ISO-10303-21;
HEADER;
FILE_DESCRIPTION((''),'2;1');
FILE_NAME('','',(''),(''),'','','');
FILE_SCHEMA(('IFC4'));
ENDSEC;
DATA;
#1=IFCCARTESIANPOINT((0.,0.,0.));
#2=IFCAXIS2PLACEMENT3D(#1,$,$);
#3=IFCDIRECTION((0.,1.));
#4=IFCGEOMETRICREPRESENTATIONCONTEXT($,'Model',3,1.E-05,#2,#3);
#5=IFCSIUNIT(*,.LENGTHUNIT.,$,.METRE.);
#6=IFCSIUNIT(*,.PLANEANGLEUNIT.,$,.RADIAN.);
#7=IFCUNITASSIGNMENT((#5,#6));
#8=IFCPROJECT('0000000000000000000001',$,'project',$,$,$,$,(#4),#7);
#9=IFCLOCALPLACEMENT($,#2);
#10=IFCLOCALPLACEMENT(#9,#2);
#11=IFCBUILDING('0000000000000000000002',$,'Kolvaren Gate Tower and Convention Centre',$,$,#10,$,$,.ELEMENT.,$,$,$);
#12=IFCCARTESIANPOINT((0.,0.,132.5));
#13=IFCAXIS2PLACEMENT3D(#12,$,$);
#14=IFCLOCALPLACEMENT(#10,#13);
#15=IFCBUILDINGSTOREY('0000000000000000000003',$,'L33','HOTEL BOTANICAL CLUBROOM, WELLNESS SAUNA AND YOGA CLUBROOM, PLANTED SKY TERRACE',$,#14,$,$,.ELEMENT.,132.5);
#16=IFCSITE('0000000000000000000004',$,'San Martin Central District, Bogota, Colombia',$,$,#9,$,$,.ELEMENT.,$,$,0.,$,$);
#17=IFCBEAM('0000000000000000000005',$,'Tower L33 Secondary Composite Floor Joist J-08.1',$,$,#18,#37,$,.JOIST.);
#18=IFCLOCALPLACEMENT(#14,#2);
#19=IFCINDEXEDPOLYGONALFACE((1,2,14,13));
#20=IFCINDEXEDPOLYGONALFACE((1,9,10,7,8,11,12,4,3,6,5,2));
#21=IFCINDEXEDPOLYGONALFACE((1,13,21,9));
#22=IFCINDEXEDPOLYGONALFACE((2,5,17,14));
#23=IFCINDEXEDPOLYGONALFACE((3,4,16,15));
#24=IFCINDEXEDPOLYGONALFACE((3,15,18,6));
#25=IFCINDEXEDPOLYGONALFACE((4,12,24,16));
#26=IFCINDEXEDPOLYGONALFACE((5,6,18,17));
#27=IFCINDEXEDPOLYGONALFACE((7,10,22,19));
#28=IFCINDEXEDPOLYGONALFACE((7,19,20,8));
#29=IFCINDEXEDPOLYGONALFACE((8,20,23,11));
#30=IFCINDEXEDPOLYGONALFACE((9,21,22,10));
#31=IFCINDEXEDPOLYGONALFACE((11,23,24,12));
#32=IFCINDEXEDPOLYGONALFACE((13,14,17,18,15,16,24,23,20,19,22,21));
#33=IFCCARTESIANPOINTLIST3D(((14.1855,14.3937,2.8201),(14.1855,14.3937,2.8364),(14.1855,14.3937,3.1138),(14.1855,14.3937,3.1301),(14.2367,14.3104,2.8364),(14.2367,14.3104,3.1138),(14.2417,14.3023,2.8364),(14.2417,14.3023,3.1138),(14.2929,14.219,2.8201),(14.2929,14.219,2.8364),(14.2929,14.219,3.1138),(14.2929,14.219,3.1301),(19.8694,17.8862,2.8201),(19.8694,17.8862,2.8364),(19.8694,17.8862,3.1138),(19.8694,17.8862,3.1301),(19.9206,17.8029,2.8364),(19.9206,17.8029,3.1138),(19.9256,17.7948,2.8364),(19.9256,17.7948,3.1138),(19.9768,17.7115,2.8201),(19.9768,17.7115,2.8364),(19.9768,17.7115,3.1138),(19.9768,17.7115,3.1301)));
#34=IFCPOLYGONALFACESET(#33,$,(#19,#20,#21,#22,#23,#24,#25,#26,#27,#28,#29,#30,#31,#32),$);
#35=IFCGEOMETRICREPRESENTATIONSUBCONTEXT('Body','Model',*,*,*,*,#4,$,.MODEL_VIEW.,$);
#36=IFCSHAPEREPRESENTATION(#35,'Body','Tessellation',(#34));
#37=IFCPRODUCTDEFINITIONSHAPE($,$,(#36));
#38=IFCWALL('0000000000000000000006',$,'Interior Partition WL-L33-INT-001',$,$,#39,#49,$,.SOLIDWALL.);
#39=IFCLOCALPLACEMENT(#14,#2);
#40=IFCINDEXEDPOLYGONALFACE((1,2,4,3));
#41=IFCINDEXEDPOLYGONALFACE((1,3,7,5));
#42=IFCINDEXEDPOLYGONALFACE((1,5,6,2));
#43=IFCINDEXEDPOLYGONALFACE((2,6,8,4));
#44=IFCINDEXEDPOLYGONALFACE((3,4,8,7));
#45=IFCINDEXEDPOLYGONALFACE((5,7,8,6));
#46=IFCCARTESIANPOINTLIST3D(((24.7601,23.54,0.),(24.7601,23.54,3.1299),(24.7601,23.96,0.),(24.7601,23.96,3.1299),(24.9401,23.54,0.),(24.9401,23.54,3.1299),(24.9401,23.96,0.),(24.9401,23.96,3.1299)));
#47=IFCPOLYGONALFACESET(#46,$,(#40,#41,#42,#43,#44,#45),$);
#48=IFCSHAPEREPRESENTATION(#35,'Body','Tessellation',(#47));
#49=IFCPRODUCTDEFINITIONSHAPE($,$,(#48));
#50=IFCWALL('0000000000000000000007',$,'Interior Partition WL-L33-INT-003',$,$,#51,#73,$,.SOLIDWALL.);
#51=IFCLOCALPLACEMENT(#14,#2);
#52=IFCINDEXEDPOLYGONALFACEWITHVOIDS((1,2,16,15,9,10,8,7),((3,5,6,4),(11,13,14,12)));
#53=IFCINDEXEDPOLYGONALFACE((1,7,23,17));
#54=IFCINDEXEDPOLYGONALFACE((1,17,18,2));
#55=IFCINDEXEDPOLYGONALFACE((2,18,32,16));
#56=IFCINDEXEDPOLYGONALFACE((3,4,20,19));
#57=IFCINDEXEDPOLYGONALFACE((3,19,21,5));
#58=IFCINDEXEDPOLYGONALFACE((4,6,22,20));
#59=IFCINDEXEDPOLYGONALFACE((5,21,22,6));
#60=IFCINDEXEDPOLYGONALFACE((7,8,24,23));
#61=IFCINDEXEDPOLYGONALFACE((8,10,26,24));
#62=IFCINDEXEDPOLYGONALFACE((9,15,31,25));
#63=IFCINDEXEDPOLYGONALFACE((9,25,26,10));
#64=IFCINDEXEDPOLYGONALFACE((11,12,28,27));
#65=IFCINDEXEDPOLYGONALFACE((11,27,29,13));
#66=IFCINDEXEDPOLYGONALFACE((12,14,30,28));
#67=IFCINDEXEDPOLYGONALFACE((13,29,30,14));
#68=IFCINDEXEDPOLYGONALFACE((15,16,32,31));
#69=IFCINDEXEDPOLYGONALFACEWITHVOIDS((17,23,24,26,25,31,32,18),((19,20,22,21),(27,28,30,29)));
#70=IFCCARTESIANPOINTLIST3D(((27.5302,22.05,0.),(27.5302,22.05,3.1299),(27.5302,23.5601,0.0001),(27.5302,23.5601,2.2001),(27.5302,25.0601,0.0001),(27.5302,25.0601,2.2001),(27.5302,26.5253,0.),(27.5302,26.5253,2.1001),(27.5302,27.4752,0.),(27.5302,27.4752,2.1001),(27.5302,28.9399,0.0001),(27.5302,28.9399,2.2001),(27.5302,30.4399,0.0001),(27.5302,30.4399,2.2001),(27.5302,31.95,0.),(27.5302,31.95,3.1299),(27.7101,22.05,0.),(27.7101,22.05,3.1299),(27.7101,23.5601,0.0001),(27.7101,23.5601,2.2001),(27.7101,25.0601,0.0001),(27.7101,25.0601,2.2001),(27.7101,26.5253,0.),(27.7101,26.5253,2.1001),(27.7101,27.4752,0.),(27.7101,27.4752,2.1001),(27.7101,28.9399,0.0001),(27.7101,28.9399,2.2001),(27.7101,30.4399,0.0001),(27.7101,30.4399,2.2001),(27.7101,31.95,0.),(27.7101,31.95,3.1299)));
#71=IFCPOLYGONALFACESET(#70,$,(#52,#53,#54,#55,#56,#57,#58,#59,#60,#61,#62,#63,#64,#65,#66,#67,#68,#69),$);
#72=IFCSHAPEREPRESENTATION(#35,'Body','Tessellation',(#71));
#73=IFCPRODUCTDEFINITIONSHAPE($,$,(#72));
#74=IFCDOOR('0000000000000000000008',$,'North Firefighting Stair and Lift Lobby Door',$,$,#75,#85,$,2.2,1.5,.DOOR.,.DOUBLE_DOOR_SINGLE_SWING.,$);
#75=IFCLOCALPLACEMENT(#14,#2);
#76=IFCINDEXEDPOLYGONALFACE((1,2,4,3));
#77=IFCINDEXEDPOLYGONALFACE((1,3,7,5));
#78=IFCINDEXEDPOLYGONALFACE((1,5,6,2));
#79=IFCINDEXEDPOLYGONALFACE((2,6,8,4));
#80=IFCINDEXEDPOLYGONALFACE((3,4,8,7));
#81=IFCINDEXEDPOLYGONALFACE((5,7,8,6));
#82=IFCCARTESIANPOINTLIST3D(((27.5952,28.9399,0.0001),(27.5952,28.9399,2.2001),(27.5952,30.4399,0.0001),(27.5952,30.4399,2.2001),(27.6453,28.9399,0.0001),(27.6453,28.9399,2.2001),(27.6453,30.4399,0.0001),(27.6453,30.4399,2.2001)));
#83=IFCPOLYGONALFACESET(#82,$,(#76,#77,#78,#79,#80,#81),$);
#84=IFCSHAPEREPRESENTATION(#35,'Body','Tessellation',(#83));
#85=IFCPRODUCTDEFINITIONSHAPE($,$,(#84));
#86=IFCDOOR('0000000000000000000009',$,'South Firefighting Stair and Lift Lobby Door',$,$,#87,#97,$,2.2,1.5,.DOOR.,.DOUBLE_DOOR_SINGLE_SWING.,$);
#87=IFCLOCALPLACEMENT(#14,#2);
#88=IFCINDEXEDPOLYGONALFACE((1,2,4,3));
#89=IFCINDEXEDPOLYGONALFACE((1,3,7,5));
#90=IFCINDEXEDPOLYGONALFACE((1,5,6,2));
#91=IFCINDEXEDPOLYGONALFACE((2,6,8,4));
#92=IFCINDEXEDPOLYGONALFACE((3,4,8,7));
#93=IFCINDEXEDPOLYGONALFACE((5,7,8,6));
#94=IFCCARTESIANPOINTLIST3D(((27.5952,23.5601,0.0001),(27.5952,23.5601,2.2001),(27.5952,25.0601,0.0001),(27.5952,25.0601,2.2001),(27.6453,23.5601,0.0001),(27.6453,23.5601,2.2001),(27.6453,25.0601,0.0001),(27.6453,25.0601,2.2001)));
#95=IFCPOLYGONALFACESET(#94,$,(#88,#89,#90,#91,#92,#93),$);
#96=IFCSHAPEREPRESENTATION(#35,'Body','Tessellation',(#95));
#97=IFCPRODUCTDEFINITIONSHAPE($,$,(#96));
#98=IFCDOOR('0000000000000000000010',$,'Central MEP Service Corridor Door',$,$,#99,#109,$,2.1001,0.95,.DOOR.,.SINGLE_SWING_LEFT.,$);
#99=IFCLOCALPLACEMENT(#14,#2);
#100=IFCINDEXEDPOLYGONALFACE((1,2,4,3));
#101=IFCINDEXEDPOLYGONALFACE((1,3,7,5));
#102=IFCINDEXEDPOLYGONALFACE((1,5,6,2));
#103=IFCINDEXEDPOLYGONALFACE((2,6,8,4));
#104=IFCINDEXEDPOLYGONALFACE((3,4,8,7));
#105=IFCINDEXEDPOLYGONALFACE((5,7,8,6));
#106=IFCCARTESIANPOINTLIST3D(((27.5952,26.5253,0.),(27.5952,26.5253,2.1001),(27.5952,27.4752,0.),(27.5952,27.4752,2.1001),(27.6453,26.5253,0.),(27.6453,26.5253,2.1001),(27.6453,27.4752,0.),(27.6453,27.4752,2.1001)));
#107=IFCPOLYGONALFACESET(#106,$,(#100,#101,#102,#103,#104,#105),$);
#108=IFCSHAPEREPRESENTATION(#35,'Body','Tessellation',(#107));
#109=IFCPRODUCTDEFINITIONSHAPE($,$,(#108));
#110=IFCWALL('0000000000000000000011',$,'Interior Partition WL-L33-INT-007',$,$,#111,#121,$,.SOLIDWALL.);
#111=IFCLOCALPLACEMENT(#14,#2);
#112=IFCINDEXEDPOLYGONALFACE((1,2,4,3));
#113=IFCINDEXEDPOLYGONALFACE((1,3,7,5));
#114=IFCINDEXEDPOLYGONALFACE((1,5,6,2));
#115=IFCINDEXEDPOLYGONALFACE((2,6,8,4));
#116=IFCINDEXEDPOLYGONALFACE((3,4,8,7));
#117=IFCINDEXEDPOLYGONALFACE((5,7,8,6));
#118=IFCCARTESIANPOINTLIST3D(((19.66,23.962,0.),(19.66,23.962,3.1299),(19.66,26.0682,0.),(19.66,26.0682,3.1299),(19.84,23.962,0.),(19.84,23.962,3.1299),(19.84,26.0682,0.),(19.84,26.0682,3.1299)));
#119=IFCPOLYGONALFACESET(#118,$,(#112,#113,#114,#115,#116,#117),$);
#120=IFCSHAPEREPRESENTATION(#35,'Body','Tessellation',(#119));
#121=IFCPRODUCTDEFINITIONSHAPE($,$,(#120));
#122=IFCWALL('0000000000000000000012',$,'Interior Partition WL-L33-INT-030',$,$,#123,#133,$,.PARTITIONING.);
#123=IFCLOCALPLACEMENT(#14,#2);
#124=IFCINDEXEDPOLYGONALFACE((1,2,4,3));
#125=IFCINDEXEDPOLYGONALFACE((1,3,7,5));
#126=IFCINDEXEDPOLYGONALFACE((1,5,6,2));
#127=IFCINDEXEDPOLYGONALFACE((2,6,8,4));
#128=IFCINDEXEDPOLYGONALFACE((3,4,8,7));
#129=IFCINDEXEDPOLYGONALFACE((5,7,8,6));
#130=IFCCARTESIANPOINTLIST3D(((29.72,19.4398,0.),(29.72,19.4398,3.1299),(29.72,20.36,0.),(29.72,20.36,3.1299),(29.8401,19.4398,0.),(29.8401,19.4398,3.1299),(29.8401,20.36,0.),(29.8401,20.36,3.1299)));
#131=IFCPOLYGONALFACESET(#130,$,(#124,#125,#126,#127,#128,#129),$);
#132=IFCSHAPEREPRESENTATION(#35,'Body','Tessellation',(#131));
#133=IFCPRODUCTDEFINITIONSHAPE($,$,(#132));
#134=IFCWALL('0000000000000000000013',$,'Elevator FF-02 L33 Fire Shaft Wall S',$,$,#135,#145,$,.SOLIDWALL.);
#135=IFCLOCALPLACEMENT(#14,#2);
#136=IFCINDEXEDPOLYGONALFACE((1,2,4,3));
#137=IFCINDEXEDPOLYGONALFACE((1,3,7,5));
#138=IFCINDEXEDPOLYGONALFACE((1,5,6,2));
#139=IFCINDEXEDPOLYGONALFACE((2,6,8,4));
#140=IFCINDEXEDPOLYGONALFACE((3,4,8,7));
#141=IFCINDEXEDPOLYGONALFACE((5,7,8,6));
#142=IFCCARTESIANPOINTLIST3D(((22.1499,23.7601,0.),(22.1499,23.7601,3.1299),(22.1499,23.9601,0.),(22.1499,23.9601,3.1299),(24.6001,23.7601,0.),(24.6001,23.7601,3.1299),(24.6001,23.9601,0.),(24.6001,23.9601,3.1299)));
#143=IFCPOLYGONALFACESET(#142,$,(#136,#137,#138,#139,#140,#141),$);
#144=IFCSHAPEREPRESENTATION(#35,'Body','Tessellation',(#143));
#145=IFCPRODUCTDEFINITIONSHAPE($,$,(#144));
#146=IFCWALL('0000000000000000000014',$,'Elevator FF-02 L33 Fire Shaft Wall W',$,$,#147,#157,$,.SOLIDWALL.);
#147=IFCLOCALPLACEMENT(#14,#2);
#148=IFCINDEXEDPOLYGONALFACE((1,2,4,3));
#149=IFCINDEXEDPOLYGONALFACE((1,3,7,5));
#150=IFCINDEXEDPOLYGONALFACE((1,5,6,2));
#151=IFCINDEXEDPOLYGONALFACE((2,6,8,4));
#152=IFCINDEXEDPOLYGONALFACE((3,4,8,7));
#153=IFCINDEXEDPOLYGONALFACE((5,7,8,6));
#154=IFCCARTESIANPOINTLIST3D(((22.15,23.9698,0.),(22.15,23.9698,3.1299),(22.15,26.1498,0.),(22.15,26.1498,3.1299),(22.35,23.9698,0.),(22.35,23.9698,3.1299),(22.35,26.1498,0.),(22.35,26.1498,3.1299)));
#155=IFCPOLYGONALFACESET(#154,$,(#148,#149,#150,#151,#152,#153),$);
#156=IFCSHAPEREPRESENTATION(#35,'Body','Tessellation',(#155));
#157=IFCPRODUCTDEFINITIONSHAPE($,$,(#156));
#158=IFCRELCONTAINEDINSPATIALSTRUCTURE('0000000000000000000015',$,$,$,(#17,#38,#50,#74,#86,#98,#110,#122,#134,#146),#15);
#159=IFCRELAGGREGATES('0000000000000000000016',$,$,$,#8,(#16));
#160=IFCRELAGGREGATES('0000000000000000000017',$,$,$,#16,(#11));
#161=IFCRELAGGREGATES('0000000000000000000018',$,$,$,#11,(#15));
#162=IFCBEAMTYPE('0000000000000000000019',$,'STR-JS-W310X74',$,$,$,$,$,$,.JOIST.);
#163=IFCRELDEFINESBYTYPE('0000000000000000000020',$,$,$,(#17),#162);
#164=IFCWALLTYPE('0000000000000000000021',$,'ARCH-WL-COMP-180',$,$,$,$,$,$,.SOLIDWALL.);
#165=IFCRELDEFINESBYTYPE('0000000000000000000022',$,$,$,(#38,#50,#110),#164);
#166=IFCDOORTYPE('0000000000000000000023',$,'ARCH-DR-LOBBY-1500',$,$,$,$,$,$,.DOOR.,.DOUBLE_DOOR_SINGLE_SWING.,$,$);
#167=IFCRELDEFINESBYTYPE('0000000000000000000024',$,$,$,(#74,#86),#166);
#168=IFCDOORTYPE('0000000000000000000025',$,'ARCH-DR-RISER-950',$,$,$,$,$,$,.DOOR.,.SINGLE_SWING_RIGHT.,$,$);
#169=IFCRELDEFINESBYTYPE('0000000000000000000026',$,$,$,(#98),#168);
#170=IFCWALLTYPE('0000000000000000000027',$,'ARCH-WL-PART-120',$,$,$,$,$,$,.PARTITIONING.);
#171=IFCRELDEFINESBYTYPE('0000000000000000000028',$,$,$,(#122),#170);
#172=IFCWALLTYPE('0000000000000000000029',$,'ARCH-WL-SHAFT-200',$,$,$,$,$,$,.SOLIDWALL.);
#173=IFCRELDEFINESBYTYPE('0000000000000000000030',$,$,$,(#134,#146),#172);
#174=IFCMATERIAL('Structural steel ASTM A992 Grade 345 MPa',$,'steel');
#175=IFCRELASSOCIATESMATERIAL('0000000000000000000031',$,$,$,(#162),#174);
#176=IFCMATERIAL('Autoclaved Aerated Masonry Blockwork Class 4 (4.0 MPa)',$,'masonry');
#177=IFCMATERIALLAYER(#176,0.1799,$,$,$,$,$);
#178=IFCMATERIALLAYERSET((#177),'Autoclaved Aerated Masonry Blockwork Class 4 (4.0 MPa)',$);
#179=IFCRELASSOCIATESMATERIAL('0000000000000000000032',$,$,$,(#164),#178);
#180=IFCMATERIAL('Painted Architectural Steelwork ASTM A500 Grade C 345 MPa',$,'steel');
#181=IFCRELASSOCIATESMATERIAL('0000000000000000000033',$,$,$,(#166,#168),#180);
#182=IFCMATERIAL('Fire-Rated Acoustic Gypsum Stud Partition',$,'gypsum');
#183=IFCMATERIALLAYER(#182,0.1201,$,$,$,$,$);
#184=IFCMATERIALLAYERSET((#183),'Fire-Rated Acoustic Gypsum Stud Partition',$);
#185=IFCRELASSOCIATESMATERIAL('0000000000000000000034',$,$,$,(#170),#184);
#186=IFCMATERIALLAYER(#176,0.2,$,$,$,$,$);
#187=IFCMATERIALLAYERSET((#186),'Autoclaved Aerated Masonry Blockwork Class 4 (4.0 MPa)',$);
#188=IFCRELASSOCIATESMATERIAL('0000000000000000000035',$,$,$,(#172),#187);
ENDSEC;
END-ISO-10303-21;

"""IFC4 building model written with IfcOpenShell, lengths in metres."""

from ifc_helpers import new_model, si_unit, direction, frame, frame_2d, origin, origin_2d, place, context, subcontext, project, spatial, rectangle, i_section, extrude, material, layer, layer_set, material_profile, profile_set, type_object, element, fill, save


model = new_model("IFC4")

# Units and contexts
model_context = context("Model", 3, precision=1e-05, world=origin(), true_north=direction((0.0, 1.0)))
body_context = subcontext(model_context, "Body", "Model", "MODEL_VIEW")
ifc_project = project(units=[si_unit("LENGTHUNIT", "METRE"), si_unit("PLANEANGLEUNIT", "RADIAN")], contexts=[model_context])

# Site, building, storey
site_placement = place(None, origin())
site = spatial("IfcSite", under=ifc_project, at=site_placement, Name="San Martin Central District, Bogota, Colombia", CompositionType="ELEMENT", RefElevation=0.0)
building_placement = place(site_placement, origin())
building = spatial("IfcBuilding", under=site, at=building_placement, Name="Kolvaren Gate Tower and Convention Centre", CompositionType="ELEMENT")
storey_placement = place(building_placement, frame((0.0, 0.0, 132.5)))
storey = spatial("IfcBuildingStorey", under=building, at=storey_placement, Name="L33", Description="HOTEL BOTANICAL CLUBROOM, WELLNESS SAUNA AND YOGA CLUBROOM, PLANTED SKY TERRACE", CompositionType="ELEMENT", Elevation=132.5)

# Beam
ifc_material_1 = material(Name="Structural steel ASTM A992 Grade 345 MPa", Category="steel")
ifc_material_profile = material_profile(ifc_material_1, i_section(OverallWidth=0.2051, OverallDepth=0.3101, WebThickness=0.0095, FlangeThickness=0.0164, at=origin_2d()), Name="W310X74")
ifc_profile_set = profile_set([ifc_material_profile], Name="Structural steel ASTM A992 Grade 345 MPa")
beam_type = type_object("IfcBeamType", Name="STR-JS-W310X74", PredefinedType="JOIST", material=ifc_profile_set)
beam_placement = place(storey_placement, frame((19.9231, 17.7988, 2.9751), z_axis=(-0.852014, -0.523519, 0.0), x_axis=(0.523519, -0.852014, 0.0)))
element("IfcBeam", 1, at=beam_placement, inside=storey, type_object=beam_type, Name="Tower L33 Secondary Composite Floor Joist J-08.1", PredefinedType="JOIST", context=body_context, shape_type="SweptSolid", body=[
    extrude(i_section(OverallWidth=0.2051, OverallDepth=0.3101, WebThickness=0.0095, FlangeThickness=0.0164, at=origin_2d()), origin(), (0.0, 0.0, 1.0), 6.6711),
])

# Wall
ifc_material_2 = material(Name="Autoclaved Aerated Masonry Blockwork Class 4 (4.0 MPa)", Category="masonry")
ifc_layer_1 = layer(ifc_material_2, 0.1799)
ifc_layer_set_1 = layer_set([ifc_layer_1], Name="Autoclaved Aerated Masonry Blockwork Class 4 (4.0 MPa)")
wall_type_1 = type_object("IfcWallType", Name="ARCH-WL-COMP-180", PredefinedType="SOLIDWALL", material=ifc_layer_set_1)
wall_1_placement = place(storey_placement, frame((24.8501, 23.54, 0.0), z_axis=(0.0, 0.0, 1.0), x_axis=(0.0, 1.0, 0.0)))
element("IfcWall", 2, at=wall_1_placement, inside=storey, type_object=wall_type_1, Name="Interior Partition WL-L33-INT-001", PredefinedType="SOLIDWALL", context=body_context, shape_type="SweptSolid", body=[
    extrude(rectangle(XDim=0.4199, YDim=0.1799, at=frame_2d((0.21, 0.0))), origin(), (0.0, 0.0, 1.0), 3.1299),
])

# Wall, openings, doors
wall_2_placement = place(storey_placement, frame((27.6201, 22.05, 0.0), z_axis=(0.0, 0.0, 1.0), x_axis=(0.0, 1.0, 0.0)))
wall_2 = element("IfcWall", 3, at=wall_2_placement, inside=storey, type_object=wall_type_1, Name="Interior Partition WL-L33-INT-003", PredefinedType="SOLIDWALL", context=body_context, shape_type="SweptSolid", body=[
    extrude(rectangle(XDim=9.8999, YDim=0.1799, at=frame_2d((4.95, 0.0))), origin(), (0.0, 0.0, 1.0), 3.1299),
])
opening_1_placement = place(wall_2_placement, frame((4.4751, 0.0, 0.0)))
opening_1 = element("IfcOpeningElement", 4, at=opening_1_placement, cuts=wall_2, PredefinedType="OPENING", context=body_context, shape_type="SweptSolid", body=[
    extrude(rectangle(XDim=0.95, YDim=2.1001, at=frame_2d((0.4751, 1.05))), frame((0.0, 0.0999, 0.0), z_axis=(0.0, -1.0, 0.0), x_axis=(1.0, 0.0, 0.0)), (0.0, 0.0, 1.0), 0.2),
])
opening_2_placement = place(wall_2_placement, frame((6.8899, 0.0, 0.0)))
opening_2 = element("IfcOpeningElement", 5, at=opening_2_placement, cuts=wall_2, PredefinedType="OPENING", context=body_context, shape_type="SweptSolid", body=[
    extrude(rectangle(XDim=1.5, YDim=2.2, at=frame_2d((0.75, 1.1001))), frame((0.0, 0.0999, 0.0), z_axis=(0.0, -1.0, 0.0), x_axis=(1.0, 0.0, 0.0)), (0.0, 0.0, 1.0), 0.2),
])
opening_3_placement = place(wall_2_placement, frame((1.51, 0.0, 0.0)))
opening_3 = element("IfcOpeningElement", 6, at=opening_3_placement, cuts=wall_2, PredefinedType="OPENING", context=body_context, shape_type="SweptSolid", body=[
    extrude(rectangle(XDim=1.5, YDim=2.2, at=frame_2d((0.75, 1.1001))), frame((0.0, 0.0999, 0.0), z_axis=(0.0, -1.0, 0.0), x_axis=(1.0, 0.0, 0.0)), (0.0, 0.0, 1.0), 0.2),
])
ifc_material_3 = material(Name="Painted Architectural Steelwork ASTM A500 Grade C 345 MPa", Category="steel")
door_type_1 = type_object("IfcDoorType", Name="ARCH-DR-LOBBY-1500", OperationType="DOUBLE_DOOR_SINGLE_SWING", PredefinedType="DOOR", material=ifc_material_3)
door_1_placement = place(opening_2_placement, origin())
door_1 = element("IfcDoor", 7, at=door_1_placement, inside=storey, type_object=door_type_1, Name="North Firefighting Stair and Lift Lobby Door", OperationType="DOUBLE_DOOR_SINGLE_SWING", OverallHeight=2.2, OverallWidth=1.5, PredefinedType="DOOR", context=body_context, shape_type="SweptSolid", body=[
    extrude(rectangle(XDim=1.5, YDim=2.2, at=frame_2d((0.75, 1.1001))), frame((0.0, 0.0249, 0.0), z_axis=(0.0, -1.0, 0.0), x_axis=(1.0, 0.0, 0.0)), (0.0, 0.0, 1.0), 0.05),
])
fill(opening_2, door_1)
door_2_placement = place(opening_3_placement, origin())
door_2 = element("IfcDoor", 8, at=door_2_placement, inside=storey, type_object=door_type_1, Name="South Firefighting Stair and Lift Lobby Door", OperationType="DOUBLE_DOOR_SINGLE_SWING", OverallHeight=2.2, OverallWidth=1.5, PredefinedType="DOOR", context=body_context, shape_type="SweptSolid", body=[
    extrude(rectangle(XDim=1.5, YDim=2.2, at=frame_2d((0.75, 1.1001))), frame((0.0, 0.0249, 0.0), z_axis=(0.0, -1.0, 0.0), x_axis=(1.0, 0.0, 0.0)), (0.0, 0.0, 1.0), 0.05),
])
fill(opening_3, door_2)
door_type_2 = type_object("IfcDoorType", Name="ARCH-DR-RISER-950", OperationType="SINGLE_SWING_RIGHT", PredefinedType="DOOR", material=ifc_material_3)
door_3_placement = place(opening_1_placement, origin())
door_3 = element("IfcDoor", 9, at=door_3_placement, inside=storey, type_object=door_type_2, Name="Central MEP Service Corridor Door", OperationType="SINGLE_SWING_LEFT", OverallHeight=2.1001, OverallWidth=0.95, PredefinedType="DOOR", context=body_context, shape_type="SweptSolid", body=[
    extrude(rectangle(XDim=0.95, YDim=2.1001, at=frame_2d((0.4751, 1.05))), frame((0.0, 0.0249, 0.0), z_axis=(0.0, -1.0, 0.0), x_axis=(1.0, 0.0, 0.0)), (0.0, 0.0, 1.0), 0.05),
])
fill(opening_1, door_3)

# Walls
wall_3_placement = place(storey_placement, frame((19.75, 23.9619, 0.0), z_axis=(0.0, 0.0, 1.0), x_axis=(0.0, 1.0, 0.0)))
element("IfcWall", 10, at=wall_3_placement, inside=storey, type_object=wall_type_1, Name="Interior Partition WL-L33-INT-007", PredefinedType="SOLIDWALL", context=body_context, shape_type="SweptSolid", body=[
    extrude(rectangle(XDim=2.1062, YDim=0.1799, at=frame_2d((1.0532, 0.0))), origin(), (0.0, 0.0, 1.0), 3.1299),
])
ifc_material_4 = material(Name="Fire-Rated Acoustic Gypsum Stud Partition", Category="gypsum")
ifc_layer_2 = layer(ifc_material_4, 0.1201)
ifc_layer_set_2 = layer_set([ifc_layer_2], Name="Fire-Rated Acoustic Gypsum Stud Partition")
wall_type_2 = type_object("IfcWallType", Name="ARCH-WL-PART-120", PredefinedType="PARTITIONING", material=ifc_layer_set_2)
wall_4_placement = place(storey_placement, frame((29.78, 19.4399, 0.0), z_axis=(0.0, 0.0, 1.0), x_axis=(0.0, 1.0, 0.0)))
element("IfcWall", 11, at=wall_4_placement, inside=storey, type_object=wall_type_2, Name="Interior Partition WL-L33-INT-030", PredefinedType="PARTITIONING", context=body_context, shape_type="SweptSolid", body=[
    extrude(rectangle(XDim=0.9202, YDim=0.1201, at=frame_2d((0.46, 0.0))), origin(), (0.0, 0.0, 1.0), 3.1299),
])
ifc_layer_3 = layer(ifc_material_2, 0.2)
ifc_layer_set_3 = layer_set([ifc_layer_3], Name="Autoclaved Aerated Masonry Blockwork Class 4 (4.0 MPa)")
wall_type_3 = type_object("IfcWallType", Name="ARCH-WL-SHAFT-200", PredefinedType="SOLIDWALL", material=ifc_layer_set_3)
wall_5_placement = place(storey_placement, frame((22.1499, 23.8601, 0.0), z_axis=(0.0, 0.0, 1.0), x_axis=(1.0, 0.0, 0.0)))
element("IfcWall", 12, at=wall_5_placement, inside=storey, type_object=wall_type_3, Name="Elevator FF-02 L33 Fire Shaft Wall S", PredefinedType="SOLIDWALL", context=body_context, shape_type="SweptSolid", body=[
    extrude(rectangle(XDim=2.4502, YDim=0.2, at=frame_2d((1.2251, 0.0))), origin(), (0.0, 0.0, 1.0), 3.1299),
])
wall_6_placement = place(storey_placement, frame((22.25, 23.97, 0.0), z_axis=(0.0, 0.0, 1.0), x_axis=(0.0, 1.0, 0.0)))
element("IfcWall", 13, at=wall_6_placement, inside=storey, type_object=wall_type_3, Name="Elevator FF-02 L33 Fire Shaft Wall W", PredefinedType="SOLIDWALL", context=body_context, shape_type="SweptSolid", body=[
    extrude(rectangle(XDim=2.1799, YDim=0.2, at=frame_2d((1.0898, 0.0))), origin(), (0.0, 0.0, 1.0), 3.1299),
])

save(model, "model.ifc")
